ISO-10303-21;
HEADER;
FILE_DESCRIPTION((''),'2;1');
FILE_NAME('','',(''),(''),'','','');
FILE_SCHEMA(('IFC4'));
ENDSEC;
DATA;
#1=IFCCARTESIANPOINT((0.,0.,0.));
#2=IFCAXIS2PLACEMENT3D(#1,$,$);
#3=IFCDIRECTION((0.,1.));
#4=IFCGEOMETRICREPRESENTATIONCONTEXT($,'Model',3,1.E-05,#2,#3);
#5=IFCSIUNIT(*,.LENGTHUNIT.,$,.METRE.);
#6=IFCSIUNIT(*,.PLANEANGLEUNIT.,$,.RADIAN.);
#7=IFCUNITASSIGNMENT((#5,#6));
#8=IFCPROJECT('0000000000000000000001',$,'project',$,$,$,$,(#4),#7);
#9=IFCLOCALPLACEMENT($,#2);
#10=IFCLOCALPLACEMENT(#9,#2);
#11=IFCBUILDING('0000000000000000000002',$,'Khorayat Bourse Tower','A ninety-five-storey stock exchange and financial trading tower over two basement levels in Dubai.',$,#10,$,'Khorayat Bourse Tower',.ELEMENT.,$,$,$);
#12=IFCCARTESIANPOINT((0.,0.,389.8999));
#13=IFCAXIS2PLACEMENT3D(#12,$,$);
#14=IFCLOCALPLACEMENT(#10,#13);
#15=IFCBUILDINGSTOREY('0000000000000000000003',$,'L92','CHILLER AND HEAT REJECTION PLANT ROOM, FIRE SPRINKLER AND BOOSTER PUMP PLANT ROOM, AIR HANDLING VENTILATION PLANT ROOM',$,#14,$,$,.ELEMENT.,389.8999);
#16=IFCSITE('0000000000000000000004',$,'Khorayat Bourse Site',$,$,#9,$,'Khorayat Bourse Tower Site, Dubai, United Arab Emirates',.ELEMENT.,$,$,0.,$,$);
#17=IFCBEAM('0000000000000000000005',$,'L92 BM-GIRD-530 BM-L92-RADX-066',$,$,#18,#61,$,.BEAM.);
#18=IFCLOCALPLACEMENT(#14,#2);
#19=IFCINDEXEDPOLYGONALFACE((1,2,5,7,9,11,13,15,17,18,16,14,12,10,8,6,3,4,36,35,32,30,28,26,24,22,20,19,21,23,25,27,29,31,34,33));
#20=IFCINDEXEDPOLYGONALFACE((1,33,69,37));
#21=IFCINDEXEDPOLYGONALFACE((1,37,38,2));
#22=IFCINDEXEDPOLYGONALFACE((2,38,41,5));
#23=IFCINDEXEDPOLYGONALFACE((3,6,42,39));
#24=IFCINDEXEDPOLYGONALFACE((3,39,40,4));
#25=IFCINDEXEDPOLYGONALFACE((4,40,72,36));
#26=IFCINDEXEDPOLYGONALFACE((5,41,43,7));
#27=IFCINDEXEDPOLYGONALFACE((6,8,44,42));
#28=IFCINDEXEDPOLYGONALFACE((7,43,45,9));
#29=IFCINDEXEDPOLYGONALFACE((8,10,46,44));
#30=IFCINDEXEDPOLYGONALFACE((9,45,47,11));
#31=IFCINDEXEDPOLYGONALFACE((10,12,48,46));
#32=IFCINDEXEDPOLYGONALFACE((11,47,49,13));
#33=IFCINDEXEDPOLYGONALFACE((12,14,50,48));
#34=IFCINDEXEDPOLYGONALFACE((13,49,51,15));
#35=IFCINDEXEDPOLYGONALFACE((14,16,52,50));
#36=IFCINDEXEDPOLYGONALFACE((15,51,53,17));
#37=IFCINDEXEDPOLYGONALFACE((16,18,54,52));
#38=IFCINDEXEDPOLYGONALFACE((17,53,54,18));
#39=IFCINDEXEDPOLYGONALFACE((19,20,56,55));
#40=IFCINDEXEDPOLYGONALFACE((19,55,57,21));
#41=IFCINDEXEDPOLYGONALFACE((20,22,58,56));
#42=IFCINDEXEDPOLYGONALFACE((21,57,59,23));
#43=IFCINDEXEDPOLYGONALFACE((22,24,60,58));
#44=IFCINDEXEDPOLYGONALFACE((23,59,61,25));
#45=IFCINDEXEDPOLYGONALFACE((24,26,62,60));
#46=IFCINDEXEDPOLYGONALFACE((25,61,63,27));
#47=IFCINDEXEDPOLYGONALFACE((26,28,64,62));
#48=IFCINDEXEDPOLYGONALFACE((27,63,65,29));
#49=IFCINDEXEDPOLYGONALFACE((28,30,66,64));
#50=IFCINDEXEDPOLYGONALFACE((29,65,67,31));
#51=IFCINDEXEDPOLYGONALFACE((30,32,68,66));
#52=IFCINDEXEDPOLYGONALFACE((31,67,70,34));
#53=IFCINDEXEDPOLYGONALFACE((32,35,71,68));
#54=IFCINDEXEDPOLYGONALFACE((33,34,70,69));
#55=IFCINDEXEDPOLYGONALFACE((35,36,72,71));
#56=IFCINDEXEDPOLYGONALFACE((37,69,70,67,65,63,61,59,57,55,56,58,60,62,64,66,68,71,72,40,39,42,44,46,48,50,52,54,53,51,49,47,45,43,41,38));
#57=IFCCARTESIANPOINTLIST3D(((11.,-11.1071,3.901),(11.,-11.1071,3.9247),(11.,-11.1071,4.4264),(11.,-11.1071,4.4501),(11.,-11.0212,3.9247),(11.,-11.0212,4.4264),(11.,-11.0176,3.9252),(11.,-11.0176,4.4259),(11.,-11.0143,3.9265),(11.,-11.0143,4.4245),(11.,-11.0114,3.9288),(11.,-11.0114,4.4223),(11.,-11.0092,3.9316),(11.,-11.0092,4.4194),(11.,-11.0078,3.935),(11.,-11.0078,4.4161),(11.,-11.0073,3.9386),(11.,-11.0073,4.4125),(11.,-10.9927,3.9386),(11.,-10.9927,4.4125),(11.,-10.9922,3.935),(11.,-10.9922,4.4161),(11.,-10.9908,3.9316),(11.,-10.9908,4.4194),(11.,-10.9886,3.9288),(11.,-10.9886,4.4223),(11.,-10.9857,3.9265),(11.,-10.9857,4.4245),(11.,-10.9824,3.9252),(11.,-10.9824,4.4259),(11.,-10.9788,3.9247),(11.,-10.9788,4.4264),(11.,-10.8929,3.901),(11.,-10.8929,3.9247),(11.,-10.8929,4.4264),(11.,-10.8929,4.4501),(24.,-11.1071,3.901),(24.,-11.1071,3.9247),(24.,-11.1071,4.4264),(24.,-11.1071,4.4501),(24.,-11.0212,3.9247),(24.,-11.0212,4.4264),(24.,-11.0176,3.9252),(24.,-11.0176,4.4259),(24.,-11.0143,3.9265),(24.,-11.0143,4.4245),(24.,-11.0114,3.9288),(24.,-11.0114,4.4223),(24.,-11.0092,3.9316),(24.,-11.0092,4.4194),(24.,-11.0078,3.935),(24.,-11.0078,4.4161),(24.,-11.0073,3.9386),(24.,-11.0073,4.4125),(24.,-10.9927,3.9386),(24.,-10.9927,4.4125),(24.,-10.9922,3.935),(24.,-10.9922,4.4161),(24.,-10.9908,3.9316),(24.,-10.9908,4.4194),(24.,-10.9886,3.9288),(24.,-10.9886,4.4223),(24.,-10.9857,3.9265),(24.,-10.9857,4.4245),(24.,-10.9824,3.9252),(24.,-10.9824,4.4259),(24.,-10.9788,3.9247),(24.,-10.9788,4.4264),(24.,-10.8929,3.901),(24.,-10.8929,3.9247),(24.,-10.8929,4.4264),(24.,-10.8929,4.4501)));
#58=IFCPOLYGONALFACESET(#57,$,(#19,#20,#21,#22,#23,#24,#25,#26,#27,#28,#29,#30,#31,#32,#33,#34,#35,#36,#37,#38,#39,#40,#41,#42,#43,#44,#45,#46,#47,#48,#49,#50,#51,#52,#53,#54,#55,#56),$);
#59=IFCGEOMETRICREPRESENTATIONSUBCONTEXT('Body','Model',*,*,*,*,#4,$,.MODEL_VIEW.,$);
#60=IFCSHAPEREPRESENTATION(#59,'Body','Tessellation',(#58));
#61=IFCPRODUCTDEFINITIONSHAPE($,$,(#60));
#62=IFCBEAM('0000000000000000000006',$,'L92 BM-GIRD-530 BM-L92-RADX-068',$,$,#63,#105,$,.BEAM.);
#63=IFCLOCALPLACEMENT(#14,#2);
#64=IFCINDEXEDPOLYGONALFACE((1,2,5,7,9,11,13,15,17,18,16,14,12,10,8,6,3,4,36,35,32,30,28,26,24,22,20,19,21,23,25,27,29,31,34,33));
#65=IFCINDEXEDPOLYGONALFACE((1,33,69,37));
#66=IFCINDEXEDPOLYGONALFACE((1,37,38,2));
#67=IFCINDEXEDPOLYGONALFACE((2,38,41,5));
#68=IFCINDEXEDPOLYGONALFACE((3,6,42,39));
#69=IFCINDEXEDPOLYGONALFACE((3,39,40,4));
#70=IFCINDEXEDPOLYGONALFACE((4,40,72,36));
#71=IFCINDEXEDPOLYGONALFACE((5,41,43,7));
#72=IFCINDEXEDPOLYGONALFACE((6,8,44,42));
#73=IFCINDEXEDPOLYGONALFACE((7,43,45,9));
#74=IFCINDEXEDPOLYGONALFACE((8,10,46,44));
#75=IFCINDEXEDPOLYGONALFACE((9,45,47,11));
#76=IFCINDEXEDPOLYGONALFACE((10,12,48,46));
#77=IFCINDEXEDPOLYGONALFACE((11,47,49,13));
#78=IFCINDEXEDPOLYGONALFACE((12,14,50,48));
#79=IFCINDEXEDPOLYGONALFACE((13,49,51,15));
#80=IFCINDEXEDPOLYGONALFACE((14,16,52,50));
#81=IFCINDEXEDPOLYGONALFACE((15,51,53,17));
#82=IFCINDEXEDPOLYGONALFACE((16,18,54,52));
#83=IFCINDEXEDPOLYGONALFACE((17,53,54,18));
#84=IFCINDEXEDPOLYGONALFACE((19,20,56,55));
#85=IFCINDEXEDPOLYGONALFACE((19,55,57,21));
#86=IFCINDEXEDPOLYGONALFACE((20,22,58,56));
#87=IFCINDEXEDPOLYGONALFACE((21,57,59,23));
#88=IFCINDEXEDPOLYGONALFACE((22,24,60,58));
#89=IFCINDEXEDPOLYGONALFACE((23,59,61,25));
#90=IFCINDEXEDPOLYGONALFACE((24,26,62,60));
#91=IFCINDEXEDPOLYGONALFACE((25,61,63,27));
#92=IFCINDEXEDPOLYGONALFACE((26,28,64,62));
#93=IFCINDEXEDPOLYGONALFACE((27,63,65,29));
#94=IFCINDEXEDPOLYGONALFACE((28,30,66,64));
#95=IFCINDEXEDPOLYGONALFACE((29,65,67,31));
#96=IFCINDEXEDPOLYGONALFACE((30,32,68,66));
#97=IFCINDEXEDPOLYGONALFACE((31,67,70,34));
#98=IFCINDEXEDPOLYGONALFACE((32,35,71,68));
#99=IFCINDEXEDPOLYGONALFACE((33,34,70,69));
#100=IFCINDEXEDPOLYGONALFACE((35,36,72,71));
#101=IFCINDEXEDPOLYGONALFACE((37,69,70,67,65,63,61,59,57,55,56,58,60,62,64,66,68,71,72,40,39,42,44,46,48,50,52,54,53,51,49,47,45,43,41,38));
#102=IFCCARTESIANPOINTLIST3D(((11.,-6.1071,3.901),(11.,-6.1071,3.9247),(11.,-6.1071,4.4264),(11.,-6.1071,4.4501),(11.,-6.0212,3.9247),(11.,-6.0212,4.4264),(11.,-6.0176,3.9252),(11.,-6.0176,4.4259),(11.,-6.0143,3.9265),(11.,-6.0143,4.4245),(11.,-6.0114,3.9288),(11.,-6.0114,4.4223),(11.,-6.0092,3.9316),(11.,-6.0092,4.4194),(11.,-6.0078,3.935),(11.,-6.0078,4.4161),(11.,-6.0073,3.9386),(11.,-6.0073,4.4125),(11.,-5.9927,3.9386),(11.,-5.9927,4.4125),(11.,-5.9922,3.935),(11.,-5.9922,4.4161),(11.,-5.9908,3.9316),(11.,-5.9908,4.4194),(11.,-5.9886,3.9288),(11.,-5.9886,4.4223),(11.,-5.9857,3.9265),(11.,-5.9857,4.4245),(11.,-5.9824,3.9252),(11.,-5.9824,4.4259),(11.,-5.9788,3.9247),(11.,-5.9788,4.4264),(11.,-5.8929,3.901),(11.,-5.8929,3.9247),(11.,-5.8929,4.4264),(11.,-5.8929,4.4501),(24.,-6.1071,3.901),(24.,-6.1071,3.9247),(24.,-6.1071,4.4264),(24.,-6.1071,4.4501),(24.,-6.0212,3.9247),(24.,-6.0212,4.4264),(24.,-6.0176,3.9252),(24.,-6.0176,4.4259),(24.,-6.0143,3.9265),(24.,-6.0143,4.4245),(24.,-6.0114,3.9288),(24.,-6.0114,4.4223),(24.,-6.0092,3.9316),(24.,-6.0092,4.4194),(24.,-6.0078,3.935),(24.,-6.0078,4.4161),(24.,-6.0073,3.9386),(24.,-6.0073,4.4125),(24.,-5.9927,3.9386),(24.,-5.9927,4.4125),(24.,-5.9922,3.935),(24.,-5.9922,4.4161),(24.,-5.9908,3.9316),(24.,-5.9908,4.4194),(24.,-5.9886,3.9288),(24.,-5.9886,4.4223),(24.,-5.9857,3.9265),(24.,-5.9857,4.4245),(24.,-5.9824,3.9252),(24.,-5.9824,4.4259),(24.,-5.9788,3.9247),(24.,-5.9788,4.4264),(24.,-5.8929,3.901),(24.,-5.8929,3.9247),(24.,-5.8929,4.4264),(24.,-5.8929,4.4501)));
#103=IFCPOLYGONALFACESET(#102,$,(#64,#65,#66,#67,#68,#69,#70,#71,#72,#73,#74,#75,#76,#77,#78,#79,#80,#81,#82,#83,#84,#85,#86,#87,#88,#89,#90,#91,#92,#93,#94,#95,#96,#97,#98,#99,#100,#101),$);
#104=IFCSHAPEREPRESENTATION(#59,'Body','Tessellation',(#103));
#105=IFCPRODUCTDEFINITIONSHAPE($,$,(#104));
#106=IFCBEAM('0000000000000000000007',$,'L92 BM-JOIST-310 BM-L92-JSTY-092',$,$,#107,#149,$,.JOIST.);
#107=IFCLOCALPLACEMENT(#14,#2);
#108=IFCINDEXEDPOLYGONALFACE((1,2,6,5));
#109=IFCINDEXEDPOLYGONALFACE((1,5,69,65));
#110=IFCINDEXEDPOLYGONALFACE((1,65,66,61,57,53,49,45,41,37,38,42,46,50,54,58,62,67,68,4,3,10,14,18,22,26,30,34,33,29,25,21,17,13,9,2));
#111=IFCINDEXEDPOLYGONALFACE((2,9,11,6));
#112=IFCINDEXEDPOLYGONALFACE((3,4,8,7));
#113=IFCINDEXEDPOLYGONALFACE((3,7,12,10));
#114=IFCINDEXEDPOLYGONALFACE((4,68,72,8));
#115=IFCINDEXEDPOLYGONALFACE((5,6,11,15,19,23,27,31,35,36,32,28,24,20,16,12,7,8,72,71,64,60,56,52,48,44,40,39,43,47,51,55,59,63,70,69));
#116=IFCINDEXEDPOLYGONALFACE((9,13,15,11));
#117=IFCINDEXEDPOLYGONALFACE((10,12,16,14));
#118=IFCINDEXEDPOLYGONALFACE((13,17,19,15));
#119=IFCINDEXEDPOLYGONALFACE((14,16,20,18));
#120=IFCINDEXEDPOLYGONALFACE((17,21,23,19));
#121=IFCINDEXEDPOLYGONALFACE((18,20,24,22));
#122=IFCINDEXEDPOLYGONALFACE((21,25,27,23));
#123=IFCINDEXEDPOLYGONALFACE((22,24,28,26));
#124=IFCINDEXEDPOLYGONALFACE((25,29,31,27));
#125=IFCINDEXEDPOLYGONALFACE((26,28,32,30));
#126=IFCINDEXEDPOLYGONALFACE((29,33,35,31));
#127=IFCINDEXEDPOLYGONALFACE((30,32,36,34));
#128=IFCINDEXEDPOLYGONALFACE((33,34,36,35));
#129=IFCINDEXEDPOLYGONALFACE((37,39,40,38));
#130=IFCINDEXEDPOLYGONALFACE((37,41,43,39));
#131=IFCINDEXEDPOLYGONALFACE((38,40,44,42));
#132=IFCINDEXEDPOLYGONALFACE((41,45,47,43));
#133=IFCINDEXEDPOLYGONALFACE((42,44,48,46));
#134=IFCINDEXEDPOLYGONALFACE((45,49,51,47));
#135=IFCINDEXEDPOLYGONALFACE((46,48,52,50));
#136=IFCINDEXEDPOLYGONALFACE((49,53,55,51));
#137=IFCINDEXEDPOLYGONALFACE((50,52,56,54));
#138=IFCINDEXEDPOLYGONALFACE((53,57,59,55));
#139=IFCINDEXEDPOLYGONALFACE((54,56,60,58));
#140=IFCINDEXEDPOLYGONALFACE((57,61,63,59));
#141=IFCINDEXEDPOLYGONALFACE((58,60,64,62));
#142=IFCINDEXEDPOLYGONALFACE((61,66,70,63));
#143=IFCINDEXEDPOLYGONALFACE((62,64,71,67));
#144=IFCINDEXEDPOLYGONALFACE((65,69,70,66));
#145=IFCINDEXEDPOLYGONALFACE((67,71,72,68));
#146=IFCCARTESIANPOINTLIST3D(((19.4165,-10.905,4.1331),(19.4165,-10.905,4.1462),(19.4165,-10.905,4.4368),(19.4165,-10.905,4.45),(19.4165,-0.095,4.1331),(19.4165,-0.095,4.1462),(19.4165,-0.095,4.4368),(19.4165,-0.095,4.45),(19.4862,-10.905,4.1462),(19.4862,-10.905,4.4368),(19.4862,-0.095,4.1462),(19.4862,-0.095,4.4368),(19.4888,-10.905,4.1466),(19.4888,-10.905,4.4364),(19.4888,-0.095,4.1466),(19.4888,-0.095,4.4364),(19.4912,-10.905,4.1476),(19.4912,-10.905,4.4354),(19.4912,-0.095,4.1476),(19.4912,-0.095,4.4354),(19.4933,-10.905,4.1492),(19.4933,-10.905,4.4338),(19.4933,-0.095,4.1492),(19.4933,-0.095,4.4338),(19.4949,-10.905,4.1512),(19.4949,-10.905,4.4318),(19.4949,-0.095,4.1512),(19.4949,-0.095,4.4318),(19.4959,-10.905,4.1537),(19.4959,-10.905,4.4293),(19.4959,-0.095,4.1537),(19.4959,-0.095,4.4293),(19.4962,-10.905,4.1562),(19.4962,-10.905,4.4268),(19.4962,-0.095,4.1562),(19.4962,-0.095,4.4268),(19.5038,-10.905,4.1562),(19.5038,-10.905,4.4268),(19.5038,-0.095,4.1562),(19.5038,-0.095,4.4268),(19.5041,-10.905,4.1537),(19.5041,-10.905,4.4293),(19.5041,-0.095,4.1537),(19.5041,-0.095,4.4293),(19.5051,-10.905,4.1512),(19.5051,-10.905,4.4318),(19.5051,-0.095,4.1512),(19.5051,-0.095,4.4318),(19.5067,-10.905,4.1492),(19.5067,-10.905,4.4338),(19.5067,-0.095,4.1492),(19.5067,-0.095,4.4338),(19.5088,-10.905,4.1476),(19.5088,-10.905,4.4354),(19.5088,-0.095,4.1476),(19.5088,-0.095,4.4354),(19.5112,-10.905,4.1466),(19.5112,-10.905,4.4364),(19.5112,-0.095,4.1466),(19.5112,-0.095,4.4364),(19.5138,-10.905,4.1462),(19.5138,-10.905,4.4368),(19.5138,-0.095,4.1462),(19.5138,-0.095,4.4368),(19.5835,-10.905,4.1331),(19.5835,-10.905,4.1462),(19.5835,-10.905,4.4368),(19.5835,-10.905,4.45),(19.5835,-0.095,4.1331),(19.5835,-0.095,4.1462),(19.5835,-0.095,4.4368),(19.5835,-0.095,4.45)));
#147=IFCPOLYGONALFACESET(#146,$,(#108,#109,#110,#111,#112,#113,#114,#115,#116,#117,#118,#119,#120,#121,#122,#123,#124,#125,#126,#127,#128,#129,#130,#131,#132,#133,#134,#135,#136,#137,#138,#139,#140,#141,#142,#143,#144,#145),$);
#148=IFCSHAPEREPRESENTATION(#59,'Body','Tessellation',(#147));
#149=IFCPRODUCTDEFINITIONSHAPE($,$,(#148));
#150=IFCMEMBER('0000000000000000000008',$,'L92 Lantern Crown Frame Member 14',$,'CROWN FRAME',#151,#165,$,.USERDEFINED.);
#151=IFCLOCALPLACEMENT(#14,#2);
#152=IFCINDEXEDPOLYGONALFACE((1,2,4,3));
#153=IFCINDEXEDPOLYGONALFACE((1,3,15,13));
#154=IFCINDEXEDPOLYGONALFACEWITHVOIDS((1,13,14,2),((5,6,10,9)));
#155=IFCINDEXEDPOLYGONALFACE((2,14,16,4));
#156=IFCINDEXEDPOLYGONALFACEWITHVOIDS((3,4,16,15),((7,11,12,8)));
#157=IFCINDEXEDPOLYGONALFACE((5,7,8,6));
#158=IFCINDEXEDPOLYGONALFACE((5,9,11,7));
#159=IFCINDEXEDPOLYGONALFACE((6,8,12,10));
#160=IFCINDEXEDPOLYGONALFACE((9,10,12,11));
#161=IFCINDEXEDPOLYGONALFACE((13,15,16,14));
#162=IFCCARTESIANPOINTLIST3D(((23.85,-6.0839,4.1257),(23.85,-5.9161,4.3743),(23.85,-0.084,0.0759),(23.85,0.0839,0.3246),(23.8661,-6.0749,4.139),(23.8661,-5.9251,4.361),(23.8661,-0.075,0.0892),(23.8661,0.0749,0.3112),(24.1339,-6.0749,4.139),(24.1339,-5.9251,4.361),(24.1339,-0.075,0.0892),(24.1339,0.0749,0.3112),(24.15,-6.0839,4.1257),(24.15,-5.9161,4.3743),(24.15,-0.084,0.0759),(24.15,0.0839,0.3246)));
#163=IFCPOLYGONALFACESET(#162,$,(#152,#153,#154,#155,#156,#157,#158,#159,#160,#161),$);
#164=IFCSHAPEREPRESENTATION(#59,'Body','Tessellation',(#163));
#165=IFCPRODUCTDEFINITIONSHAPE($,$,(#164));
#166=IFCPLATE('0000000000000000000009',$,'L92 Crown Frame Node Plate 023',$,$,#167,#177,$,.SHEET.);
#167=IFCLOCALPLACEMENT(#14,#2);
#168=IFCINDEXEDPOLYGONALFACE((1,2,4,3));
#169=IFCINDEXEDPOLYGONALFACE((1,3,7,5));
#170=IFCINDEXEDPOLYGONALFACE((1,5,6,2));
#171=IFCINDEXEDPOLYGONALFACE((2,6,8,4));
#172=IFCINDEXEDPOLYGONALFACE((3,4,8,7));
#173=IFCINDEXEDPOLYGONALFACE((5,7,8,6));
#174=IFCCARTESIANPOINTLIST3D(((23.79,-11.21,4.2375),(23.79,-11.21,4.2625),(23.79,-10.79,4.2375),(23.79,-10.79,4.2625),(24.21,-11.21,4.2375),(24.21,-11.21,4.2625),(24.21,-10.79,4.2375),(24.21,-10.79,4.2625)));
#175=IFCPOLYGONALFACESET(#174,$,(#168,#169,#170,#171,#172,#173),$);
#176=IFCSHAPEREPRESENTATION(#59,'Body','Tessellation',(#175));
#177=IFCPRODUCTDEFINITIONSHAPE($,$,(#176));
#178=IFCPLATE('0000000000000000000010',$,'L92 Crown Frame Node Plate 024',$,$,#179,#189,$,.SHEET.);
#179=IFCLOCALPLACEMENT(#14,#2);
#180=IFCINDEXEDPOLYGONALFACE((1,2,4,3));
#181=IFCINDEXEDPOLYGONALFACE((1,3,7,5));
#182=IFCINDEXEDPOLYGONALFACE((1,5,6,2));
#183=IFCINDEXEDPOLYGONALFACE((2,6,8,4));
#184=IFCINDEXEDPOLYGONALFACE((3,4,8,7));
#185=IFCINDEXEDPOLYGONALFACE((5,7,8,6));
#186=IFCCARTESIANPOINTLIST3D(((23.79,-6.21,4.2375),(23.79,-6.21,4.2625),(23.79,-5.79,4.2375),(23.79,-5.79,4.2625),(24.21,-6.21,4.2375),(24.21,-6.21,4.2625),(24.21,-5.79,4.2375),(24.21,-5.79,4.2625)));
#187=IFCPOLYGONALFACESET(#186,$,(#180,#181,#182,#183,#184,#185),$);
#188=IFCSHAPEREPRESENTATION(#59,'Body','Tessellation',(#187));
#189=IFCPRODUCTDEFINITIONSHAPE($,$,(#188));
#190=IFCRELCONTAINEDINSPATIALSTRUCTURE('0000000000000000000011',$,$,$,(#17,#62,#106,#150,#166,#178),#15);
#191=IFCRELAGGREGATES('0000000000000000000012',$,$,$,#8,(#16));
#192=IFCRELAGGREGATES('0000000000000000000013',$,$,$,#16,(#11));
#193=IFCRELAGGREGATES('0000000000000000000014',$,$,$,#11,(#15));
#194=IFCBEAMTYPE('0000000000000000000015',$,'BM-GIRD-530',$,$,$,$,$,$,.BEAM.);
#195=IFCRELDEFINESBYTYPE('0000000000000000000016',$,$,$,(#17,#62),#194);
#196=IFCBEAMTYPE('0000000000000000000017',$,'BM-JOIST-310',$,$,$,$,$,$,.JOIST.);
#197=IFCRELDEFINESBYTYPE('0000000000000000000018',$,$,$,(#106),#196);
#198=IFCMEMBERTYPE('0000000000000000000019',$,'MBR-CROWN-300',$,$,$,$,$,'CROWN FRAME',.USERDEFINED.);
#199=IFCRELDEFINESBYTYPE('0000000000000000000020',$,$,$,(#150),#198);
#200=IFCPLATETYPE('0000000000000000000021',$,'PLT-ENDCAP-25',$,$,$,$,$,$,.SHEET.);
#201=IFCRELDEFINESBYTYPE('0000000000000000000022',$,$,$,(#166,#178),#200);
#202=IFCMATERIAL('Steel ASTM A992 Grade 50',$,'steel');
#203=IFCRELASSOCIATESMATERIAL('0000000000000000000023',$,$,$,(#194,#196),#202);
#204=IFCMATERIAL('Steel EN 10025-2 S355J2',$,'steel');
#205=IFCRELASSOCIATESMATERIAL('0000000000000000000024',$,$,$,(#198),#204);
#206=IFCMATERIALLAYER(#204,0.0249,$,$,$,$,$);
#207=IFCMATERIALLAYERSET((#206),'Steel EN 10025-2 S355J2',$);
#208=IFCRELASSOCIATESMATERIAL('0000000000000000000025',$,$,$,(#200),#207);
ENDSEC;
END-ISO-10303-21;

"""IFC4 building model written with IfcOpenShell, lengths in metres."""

from ifc_helpers import new_model, si_unit, direction, frame, origin, origin_2d, place, context, subcontext, project, spatial, rectangle, hollow_rectangle, i_section, extrude, source, transform, mapped, material, layer, layer_set, material_profile, profile_set, type_object, element, save


model = new_model("IFC4")

# Units and contexts
model_context = context("Model", 3, precision=1e-05, world=origin(), true_north=direction((0.0, 1.0)))
body_context = subcontext(model_context, "Body", "Model", "MODEL_VIEW")
ifc_project = project(units=[si_unit("LENGTHUNIT", "METRE"), si_unit("PLANEANGLEUNIT", "RADIAN")], contexts=[model_context])

# Site, building, storey
site_placement = place(None, origin())
site = spatial("IfcSite", under=ifc_project, at=site_placement, Name="Khorayat Bourse Site", LongName="Khorayat Bourse Tower Site, Dubai, United Arab Emirates", CompositionType="ELEMENT", RefElevation=0.0)
building_placement = place(site_placement, origin())
building = spatial("IfcBuilding", under=site, at=building_placement, Name="Khorayat Bourse Tower", Description="A ninety-five-storey stock exchange and financial trading tower over two basement levels in Dubai.", LongName="Khorayat Bourse Tower", CompositionType="ELEMENT")
storey_placement = place(building_placement, frame((0.0, 0.0, 389.8999)))
storey = spatial("IfcBuildingStorey", under=building, at=storey_placement, Name="L92", Description="CHILLER AND HEAT REJECTION PLANT ROOM, FIRE SPRINKLER AND BOOSTER PUMP PLANT ROOM, AIR HANDLING VENTILATION PLANT ROOM", CompositionType="ELEMENT", Elevation=389.8999)

# Shared definitions
ifc_material_1 = material(Name="Steel EN 10025-2 S355J2", Category="steel")

# Beams
ifc_material_2 = material(Name="Steel ASTM A992 Grade 50", Category="steel")
ifc_material_profile_1 = material_profile(ifc_material_2, i_section(OverallWidth=0.2141, OverallDepth=0.5491, WebThickness=0.0146, FlangeThickness=0.0237, FilletRadius=0.0139, at=origin_2d()), Name="W530X138")
ifc_profile_set_1 = profile_set([ifc_material_profile_1], Name="Steel ASTM A992 Grade 50")
beam_type_1 = type_object("IfcBeamType", Name="BM-GIRD-530", PredefinedType="BEAM", material=ifc_profile_set_1)
shared_shape_1 = source(origin(), body_context, "Body", "SweptSolid", [
    extrude(i_section(OverallWidth=0.2141, OverallDepth=0.5491, WebThickness=0.0146, FlangeThickness=0.0237, FilletRadius=0.0139, at=origin_2d()), origin(), (0.0, 0.0, 1.0), 13.0),
])
for number, where, z_axis, x_axis, name in (
    (1, (11.0, -11.0, 4.1755), (1.0, 0.0, 0.0), (0.0, 1.0, 0.0), "L92 BM-GIRD-530 BM-L92-RADX-066"),
    (2, (11.0, -6.0, 4.1755), (1.0, 0.0, 0.0), (0.0, 1.0, 0.0), "L92 BM-GIRD-530 BM-L92-RADX-068"),
):
    element("IfcBeam", number, at=place(storey_placement, frame(where, z_axis=z_axis, x_axis=x_axis)), inside=storey, type_object=beam_type_1, Name=name, PredefinedType="BEAM", context=body_context, shape_type="MappedRepresentation", body=[
        mapped(shared_shape_1, transform((0.0, 0.0, 0.0), scale=1.0)),
    ])
ifc_material_profile_2 = material_profile(ifc_material_2, i_section(OverallWidth=0.167, OverallDepth=0.3169, WebThickness=0.0076, FlangeThickness=0.0132, FilletRadius=0.01, at=origin_2d()), Name="W310X52")
ifc_profile_set_2 = profile_set([ifc_material_profile_2], Name="Steel ASTM A992 Grade 50")
beam_type_2 = type_object("IfcBeamType", Name="BM-JOIST-310", PredefinedType="JOIST", material=ifc_profile_set_2)
shared_shape_2 = source(origin(), body_context, "Body", "SweptSolid", [
    extrude(i_section(OverallWidth=0.167, OverallDepth=0.3169, WebThickness=0.0076, FlangeThickness=0.0132, FilletRadius=0.01, at=origin_2d()), origin(), (0.0, 0.0, 1.0), 10.8101),
])
beam_1_placement = place(storey_placement, frame((19.5, -10.905, 4.2915), z_axis=(0.0, 1.0, 0.0), x_axis=(-1.0, 0.0, 0.0)))
element("IfcBeam", 3, at=beam_1_placement, inside=storey, type_object=beam_type_2, Name="L92 BM-JOIST-310 BM-L92-JSTY-092", PredefinedType="JOIST", context=body_context, shape_type="MappedRepresentation", body=[
    mapped(shared_shape_2, transform((0.0, 0.0, 0.0), scale=1.0)),
])

# Member
ifc_material_profile_3 = material_profile(ifc_material_1, hollow_rectangle(XDim=0.3, YDim=0.3, WallThickness=0.0161, at=origin_2d()), Name="HSS 300x300x16")
ifc_profile_set_3 = profile_set([ifc_material_profile_3], Name="Steel EN 10025-2 S355J2")
member_type = type_object("IfcMemberType", Name="MBR-CROWN-300", ElementType="CROWN FRAME", PredefinedType="USERDEFINED", material=ifc_profile_set_3)
shared_shape_3 = source(origin(), body_context, "Body", "SweptSolid", [
    extrude(hollow_rectangle(XDim=0.3, YDim=0.3, WallThickness=0.0161, at=origin_2d()), origin(), (0.0, 0.0, 1.0), 7.2388),
])
member_placement = place(storey_placement, frame((24.0, -6.0, 4.25), z_axis=(0.0, 0.828861, -0.559454), x_axis=(-1.0, 0.0, 0.0)))
element("IfcMember", 4, at=member_placement, inside=storey, type_object=member_type, Name="L92 Lantern Crown Frame Member 14", ObjectType="CROWN FRAME", PredefinedType="USERDEFINED", context=body_context, shape_type="MappedRepresentation", body=[
    mapped(shared_shape_3, transform((0.0, 0.0, 0.0), scale=1.0)),
])

# Plates
ifc_layer_1 = layer(ifc_material_1, 0.0249)
ifc_layer_set_1 = layer_set([ifc_layer_1], Name="Steel EN 10025-2 S355J2")
plate_type_1 = type_object("IfcPlateType", Name="PLT-ENDCAP-25", PredefinedType="SHEET", material=ifc_layer_set_1)
shared_shape_4 = source(origin(), body_context, "Body", "SweptSolid", [
    extrude(rectangle(XDim=0.4199, YDim=0.4199, at=origin_2d()), origin(), (0.0, 0.0, 1.0), 0.0249),
])
for number, where, z_axis, x_axis, name in (
    (5, (24.0, -11.0, 4.2375), (0.0, 0.0, 1.0), (1.0, 0.0, 0.0), "L92 Crown Frame Node Plate 023"),
    (6, (24.0, -6.0, 4.2375), (0.0, 0.0, 1.0), (1.0, 0.0, 0.0), "L92 Crown Frame Node Plate 024"),
):
    element("IfcPlate", number, at=place(storey_placement, frame(where, z_axis=z_axis, x_axis=x_axis)), inside=storey, type_object=plate_type_1, Name=name, PredefinedType="SHEET", context=body_context, shape_type="MappedRepresentation", body=[
        mapped(shared_shape_4, transform((0.0, 0.0, 0.0), scale=1.0)),
    ])

save(model, "model.ifc")
